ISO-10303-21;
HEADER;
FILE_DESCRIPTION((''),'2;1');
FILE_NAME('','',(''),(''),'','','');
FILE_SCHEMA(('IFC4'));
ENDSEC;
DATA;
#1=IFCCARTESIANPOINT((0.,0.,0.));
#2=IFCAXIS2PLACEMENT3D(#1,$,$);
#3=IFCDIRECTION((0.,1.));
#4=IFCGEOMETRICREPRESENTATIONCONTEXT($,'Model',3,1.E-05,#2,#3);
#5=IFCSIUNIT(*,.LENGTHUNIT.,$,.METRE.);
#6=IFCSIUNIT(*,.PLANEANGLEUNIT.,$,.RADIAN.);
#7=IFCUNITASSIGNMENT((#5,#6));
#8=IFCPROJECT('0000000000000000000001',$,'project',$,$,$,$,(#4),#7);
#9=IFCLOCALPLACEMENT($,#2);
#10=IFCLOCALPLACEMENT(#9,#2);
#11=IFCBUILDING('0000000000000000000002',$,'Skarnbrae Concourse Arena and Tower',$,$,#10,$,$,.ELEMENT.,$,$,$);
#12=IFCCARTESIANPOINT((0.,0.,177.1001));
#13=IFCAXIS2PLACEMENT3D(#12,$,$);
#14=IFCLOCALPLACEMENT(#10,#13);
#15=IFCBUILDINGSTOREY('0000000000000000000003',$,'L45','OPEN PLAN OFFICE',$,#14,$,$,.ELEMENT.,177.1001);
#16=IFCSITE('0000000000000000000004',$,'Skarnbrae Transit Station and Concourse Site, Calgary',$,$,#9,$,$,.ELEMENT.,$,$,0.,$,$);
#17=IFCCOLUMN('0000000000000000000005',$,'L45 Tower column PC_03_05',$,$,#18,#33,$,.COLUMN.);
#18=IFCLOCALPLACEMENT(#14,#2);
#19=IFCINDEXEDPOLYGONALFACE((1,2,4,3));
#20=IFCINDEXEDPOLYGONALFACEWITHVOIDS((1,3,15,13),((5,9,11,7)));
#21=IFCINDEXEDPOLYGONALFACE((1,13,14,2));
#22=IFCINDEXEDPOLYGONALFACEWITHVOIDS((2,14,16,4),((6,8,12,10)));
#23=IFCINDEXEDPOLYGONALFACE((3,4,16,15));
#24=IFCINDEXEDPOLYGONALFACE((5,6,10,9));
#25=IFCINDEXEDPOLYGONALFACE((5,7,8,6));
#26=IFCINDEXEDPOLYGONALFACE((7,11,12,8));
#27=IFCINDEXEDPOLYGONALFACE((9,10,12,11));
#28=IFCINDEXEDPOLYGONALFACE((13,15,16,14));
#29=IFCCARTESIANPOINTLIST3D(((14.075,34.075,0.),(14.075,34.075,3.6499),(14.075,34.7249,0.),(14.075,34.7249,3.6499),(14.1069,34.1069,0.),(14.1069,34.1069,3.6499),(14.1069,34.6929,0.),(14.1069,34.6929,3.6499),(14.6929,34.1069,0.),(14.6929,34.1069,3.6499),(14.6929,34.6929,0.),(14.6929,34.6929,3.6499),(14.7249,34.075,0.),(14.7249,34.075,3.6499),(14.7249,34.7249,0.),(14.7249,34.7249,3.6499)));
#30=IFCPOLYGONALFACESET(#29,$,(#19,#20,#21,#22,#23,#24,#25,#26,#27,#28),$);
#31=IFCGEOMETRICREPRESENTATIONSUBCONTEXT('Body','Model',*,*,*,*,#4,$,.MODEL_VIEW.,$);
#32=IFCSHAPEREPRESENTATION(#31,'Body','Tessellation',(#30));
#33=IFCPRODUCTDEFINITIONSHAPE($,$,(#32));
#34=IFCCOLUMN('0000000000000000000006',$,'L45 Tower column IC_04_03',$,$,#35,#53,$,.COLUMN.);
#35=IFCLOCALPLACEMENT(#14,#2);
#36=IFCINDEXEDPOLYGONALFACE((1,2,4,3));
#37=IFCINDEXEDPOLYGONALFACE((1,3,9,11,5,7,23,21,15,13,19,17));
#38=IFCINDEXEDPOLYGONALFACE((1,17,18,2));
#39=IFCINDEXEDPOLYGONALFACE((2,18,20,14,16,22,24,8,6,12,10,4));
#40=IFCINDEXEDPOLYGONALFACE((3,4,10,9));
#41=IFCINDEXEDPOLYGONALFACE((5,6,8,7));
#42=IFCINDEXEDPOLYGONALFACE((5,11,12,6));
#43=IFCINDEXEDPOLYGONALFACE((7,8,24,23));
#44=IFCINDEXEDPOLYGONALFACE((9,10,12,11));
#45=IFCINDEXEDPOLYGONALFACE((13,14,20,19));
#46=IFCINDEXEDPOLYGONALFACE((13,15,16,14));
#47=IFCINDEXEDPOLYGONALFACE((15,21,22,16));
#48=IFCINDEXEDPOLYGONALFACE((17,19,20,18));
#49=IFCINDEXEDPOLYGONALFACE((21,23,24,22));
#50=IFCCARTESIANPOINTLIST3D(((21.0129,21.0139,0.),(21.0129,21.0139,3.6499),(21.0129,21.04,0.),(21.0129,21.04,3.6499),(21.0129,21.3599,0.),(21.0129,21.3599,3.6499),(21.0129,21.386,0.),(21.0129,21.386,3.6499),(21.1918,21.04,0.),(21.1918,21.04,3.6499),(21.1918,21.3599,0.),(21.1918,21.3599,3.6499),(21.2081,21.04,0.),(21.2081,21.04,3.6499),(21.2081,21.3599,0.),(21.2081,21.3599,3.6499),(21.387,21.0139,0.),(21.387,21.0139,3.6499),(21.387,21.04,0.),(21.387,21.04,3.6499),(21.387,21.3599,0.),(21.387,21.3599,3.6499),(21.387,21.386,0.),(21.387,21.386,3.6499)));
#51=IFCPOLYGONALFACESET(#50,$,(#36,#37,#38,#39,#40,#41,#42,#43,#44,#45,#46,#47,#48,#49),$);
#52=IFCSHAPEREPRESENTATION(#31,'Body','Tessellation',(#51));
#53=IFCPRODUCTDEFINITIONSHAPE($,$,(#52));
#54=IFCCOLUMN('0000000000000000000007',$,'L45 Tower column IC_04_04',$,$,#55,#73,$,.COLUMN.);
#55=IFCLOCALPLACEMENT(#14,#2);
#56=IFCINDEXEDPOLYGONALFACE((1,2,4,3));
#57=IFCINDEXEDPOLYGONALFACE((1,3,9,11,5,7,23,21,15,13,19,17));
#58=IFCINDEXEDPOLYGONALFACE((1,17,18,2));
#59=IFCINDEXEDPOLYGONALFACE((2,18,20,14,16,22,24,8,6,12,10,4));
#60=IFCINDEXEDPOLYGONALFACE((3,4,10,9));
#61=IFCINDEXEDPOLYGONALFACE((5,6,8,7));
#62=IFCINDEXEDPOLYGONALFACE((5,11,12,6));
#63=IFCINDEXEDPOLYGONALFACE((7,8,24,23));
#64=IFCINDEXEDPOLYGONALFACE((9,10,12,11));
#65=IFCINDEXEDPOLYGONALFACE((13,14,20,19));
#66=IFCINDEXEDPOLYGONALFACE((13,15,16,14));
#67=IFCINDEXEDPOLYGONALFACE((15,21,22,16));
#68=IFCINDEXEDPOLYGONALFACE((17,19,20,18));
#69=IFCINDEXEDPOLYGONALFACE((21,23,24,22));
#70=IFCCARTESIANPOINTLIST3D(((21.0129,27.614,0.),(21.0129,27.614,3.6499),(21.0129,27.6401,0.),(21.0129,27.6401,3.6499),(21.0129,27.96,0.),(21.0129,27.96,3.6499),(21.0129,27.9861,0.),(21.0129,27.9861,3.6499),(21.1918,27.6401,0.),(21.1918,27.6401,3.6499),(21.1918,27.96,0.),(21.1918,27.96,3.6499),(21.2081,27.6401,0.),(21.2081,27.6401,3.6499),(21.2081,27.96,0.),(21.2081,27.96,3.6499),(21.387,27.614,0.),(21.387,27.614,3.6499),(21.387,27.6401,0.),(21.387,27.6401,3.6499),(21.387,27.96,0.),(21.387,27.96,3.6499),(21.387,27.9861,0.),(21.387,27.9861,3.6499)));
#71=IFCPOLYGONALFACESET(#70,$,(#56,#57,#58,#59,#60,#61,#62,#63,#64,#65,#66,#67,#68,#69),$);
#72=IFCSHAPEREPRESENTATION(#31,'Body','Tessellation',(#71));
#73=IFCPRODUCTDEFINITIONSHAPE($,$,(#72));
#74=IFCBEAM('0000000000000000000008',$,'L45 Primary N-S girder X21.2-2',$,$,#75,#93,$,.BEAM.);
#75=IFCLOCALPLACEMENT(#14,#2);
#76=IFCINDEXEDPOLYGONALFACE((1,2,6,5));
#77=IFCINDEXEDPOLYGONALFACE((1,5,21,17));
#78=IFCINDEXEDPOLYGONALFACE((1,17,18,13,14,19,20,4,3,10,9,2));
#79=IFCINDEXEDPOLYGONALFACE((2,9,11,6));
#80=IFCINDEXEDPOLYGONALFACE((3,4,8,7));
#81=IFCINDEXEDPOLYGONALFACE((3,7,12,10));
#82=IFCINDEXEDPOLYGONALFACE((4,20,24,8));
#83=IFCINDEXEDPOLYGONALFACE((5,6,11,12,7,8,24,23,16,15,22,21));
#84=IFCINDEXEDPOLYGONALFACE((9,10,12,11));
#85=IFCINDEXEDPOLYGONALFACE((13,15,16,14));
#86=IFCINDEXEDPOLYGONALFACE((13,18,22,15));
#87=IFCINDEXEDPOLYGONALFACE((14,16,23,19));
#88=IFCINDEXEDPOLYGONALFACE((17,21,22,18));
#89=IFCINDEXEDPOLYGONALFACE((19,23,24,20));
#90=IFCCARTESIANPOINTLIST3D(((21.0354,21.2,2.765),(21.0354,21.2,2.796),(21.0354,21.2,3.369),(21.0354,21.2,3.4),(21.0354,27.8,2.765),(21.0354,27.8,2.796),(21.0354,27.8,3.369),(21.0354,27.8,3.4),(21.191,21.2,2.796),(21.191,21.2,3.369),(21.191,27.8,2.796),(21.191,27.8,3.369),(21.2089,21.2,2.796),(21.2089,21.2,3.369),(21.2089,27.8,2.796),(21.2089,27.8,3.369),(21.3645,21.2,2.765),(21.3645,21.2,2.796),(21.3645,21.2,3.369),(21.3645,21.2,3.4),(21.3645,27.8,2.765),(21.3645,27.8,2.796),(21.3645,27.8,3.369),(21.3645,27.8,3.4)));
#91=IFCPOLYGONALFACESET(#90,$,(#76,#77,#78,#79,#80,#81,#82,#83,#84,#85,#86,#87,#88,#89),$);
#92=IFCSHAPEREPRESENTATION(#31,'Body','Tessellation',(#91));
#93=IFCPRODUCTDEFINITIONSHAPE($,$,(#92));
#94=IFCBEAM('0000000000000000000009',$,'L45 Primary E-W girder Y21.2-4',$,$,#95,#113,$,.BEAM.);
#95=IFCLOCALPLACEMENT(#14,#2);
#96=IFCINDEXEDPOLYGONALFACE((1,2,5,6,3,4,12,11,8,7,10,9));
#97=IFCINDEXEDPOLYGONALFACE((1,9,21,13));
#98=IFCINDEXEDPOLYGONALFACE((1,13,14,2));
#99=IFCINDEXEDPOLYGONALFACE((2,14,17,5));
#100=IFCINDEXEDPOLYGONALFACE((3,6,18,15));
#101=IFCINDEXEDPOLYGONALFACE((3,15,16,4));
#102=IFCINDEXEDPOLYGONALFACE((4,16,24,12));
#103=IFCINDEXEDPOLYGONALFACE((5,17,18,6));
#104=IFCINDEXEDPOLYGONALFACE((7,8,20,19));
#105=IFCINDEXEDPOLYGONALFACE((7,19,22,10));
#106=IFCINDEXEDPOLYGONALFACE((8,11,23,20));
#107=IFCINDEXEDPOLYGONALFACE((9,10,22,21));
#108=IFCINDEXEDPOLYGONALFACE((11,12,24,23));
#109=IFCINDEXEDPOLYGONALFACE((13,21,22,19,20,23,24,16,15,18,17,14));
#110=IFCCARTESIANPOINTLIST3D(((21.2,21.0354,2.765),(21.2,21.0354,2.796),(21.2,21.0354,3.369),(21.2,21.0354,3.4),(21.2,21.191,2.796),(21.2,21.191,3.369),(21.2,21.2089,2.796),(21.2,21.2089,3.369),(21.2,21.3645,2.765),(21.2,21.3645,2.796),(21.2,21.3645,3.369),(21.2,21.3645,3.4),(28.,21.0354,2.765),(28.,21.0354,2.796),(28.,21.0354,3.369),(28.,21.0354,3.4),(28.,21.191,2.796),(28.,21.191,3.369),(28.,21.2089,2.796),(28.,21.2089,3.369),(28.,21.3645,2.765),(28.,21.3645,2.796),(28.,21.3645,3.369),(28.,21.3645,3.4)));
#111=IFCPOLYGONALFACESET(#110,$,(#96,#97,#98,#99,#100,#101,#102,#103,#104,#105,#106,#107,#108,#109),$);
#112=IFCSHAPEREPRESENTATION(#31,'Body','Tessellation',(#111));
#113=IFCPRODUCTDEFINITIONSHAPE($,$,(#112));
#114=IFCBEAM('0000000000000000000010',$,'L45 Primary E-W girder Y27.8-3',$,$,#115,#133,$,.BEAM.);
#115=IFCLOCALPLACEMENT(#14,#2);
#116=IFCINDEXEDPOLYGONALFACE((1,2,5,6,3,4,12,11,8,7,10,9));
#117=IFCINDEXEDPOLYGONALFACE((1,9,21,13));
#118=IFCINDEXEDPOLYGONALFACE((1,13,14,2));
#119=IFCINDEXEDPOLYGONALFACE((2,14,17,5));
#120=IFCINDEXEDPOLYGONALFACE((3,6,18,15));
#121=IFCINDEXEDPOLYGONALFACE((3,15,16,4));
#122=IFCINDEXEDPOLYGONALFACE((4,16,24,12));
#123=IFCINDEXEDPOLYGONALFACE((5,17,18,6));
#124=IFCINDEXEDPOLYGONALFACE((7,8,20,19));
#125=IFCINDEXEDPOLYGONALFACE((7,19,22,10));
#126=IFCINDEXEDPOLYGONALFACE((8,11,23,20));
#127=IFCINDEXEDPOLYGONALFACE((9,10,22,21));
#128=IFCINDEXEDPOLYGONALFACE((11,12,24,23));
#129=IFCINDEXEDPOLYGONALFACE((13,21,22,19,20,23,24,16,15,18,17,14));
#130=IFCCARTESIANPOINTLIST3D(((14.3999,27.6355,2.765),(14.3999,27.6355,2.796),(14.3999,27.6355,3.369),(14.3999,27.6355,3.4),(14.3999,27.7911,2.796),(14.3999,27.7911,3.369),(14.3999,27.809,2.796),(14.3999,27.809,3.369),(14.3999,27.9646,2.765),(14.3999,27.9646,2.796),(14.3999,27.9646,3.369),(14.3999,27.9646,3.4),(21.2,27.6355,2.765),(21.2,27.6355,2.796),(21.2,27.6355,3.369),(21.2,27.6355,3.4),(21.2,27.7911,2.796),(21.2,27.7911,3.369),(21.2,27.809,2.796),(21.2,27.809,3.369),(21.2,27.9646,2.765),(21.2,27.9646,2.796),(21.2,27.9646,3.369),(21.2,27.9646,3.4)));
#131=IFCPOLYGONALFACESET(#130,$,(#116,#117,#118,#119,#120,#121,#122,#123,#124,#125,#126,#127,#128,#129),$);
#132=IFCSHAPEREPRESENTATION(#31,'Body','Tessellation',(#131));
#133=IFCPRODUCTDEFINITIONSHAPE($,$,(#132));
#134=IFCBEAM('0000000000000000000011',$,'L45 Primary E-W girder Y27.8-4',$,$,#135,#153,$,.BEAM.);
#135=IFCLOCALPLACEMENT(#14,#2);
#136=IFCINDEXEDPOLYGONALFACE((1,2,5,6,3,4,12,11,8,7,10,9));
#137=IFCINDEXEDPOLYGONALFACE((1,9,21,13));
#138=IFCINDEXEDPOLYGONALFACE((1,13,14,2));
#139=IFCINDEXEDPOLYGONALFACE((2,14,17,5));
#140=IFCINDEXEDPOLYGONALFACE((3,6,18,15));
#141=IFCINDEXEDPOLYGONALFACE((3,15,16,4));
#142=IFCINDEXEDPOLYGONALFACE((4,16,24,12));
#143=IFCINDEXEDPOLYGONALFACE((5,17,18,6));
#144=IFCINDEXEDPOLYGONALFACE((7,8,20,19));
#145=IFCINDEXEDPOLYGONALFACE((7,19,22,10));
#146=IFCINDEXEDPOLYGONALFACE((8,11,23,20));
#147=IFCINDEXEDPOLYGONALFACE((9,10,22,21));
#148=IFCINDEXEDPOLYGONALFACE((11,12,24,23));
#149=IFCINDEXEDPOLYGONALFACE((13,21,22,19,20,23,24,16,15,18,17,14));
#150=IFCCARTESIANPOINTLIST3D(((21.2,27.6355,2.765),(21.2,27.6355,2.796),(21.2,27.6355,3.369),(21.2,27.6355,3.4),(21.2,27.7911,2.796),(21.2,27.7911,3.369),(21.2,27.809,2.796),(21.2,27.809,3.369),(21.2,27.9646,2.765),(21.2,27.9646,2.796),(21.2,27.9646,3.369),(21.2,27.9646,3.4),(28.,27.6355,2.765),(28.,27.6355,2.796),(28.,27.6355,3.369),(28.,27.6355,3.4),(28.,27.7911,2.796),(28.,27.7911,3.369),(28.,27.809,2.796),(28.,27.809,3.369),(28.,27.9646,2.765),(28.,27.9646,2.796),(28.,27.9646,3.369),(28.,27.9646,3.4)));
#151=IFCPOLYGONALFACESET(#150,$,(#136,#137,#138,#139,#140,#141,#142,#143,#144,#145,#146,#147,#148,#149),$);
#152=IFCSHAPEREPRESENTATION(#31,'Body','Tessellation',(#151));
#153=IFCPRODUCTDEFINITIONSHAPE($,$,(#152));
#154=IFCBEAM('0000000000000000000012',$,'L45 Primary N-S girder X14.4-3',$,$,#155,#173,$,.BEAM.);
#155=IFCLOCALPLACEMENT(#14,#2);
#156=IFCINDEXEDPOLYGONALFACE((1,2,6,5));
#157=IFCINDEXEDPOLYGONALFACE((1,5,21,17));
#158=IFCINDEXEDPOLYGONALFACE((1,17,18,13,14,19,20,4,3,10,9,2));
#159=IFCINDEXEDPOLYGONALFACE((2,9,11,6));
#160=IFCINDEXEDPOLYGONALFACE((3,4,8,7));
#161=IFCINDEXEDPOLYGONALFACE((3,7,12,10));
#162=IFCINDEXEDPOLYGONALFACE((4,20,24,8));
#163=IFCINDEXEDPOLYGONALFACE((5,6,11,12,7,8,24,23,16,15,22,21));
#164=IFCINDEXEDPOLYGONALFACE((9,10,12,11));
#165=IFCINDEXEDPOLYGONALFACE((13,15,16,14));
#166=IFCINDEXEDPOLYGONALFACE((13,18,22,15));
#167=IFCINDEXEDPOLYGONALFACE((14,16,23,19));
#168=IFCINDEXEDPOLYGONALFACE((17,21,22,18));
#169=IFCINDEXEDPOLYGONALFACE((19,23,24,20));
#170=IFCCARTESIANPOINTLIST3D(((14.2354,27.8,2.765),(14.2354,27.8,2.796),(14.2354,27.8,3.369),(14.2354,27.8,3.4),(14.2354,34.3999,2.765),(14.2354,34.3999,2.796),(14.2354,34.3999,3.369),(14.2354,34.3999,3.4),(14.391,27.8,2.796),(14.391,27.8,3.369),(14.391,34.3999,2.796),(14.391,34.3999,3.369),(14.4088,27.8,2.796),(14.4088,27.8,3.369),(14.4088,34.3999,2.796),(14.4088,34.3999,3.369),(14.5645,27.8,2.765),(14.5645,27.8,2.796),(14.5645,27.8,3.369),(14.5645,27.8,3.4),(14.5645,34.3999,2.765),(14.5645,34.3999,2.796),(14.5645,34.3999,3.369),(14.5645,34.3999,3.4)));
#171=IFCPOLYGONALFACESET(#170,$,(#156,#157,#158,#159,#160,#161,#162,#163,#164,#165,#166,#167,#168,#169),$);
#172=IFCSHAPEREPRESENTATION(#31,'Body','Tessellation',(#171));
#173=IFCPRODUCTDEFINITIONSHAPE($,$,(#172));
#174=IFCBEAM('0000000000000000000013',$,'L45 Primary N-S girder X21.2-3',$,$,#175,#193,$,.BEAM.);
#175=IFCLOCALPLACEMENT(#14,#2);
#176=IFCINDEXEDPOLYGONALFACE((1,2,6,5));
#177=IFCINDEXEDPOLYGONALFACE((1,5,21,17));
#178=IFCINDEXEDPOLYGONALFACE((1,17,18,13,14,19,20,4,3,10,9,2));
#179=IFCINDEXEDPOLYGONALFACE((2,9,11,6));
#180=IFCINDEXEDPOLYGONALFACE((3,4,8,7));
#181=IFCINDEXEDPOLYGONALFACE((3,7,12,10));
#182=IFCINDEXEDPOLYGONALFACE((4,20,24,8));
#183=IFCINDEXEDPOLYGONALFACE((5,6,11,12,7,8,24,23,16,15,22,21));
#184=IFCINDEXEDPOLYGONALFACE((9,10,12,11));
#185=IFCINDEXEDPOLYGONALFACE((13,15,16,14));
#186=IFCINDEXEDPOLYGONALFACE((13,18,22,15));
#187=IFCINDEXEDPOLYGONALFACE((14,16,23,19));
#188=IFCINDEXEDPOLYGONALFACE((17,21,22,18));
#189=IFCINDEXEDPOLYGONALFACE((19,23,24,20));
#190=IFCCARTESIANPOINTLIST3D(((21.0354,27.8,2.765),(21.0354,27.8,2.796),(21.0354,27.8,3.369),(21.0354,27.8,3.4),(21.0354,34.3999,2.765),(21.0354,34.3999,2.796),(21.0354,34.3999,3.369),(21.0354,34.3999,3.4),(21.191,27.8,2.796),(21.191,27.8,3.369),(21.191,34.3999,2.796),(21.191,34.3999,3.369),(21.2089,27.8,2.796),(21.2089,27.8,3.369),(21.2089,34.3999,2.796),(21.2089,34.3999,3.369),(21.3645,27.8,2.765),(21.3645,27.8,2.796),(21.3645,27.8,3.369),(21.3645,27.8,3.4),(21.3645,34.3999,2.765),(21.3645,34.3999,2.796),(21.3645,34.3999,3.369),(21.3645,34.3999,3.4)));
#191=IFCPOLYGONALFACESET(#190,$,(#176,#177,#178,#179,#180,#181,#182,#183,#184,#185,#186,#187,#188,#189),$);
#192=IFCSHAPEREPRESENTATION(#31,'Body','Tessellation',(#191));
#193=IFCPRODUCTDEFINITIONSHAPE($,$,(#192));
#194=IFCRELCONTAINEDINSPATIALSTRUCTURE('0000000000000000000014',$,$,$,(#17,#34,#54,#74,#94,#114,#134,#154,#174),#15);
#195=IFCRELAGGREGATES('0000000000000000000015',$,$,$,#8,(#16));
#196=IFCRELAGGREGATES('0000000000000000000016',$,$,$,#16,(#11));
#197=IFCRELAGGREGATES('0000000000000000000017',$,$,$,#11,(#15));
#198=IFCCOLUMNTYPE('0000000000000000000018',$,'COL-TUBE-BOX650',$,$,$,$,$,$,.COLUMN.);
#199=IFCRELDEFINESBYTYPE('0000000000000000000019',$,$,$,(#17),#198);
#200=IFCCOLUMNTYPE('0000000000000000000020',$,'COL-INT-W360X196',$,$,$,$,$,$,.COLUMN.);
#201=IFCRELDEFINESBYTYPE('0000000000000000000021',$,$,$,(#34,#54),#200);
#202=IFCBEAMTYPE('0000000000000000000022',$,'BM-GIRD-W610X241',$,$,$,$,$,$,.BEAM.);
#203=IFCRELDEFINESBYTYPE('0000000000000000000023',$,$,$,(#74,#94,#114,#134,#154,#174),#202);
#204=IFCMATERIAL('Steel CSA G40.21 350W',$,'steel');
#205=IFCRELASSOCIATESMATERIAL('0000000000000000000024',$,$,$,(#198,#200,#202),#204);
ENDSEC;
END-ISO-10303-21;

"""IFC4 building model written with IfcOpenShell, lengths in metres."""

from ifc_helpers import new_model, si_unit, direction, frame, origin, origin_2d, place, context, subcontext, project, spatial, hollow_rectangle, i_section, extrude, source, transform, mapped, material, material_profile, profile_set, type_object, element, save


model = new_model("IFC4")

# Units and contexts
model_context = context("Model", 3, precision=1e-05, world=origin(), true_north=direction((0.0, 1.0)))
body_context = subcontext(model_context, "Body", "Model", "MODEL_VIEW")
ifc_project = project(units=[si_unit("LENGTHUNIT", "METRE"), si_unit("PLANEANGLEUNIT", "RADIAN")], contexts=[model_context])

# Site, building, storey
site_placement = place(None, origin())
site = spatial("IfcSite", under=ifc_project, at=site_placement, Name="Skarnbrae Transit Station and Concourse Site, Calgary", CompositionType="ELEMENT", RefElevation=0.0)
building_placement = place(site_placement, origin())
building = spatial("IfcBuilding", under=site, at=building_placement, Name="Skarnbrae Concourse Arena and Tower", CompositionType="ELEMENT")
storey_placement = place(building_placement, frame((0.0, 0.0, 177.1001)))
storey = spatial("IfcBuildingStorey", under=building, at=storey_placement, Name="L45", Description="OPEN PLAN OFFICE", CompositionType="ELEMENT", Elevation=177.1001)

# Columns
ifc_material_1 = material(Name="Steel CSA G40.21 350W", Category="steel")
ifc_material_profile_1 = material_profile(ifc_material_1, hollow_rectangle(XDim=0.6499, YDim=0.6499, WallThickness=0.032, at=origin_2d()), Name="BOX650X650X32")
ifc_profile_set_1 = profile_set([ifc_material_profile_1], Name="Steel CSA G40.21 350W")
column_type_1 = type_object("IfcColumnType", Name="COL-TUBE-BOX650", PredefinedType="COLUMN", material=ifc_profile_set_1)
shared_shape_1 = source(origin(), body_context, "Body", "SweptSolid", [
    extrude(hollow_rectangle(XDim=0.6499, YDim=0.6499, WallThickness=0.032, at=origin_2d()), origin(), (0.0, 0.0, 1.0), 3.6499),
])
column_placement = place(storey_placement, frame((14.3999, 34.3999, 0.0), z_axis=(0.0, 0.0, 1.0), x_axis=(1.0, 0.0, 0.0)))
element("IfcColumn", 1, at=column_placement, inside=storey, type_object=column_type_1, Name="L45 Tower column PC_03_05", PredefinedType="COLUMN", context=body_context, shape_type="MappedRepresentation", body=[
    mapped(shared_shape_1, transform((0.0, 0.0, 0.0))),
])
ifc_material_profile_2 = material_profile(ifc_material_1, i_section(OverallWidth=0.374, OverallDepth=0.3721, WebThickness=0.0164, FlangeThickness=0.0261, at=origin_2d()), Name="W360X196")
ifc_profile_set_2 = profile_set([ifc_material_profile_2], Name="Steel CSA G40.21 350W")
column_type_2 = type_object("IfcColumnType", Name="COL-INT-W360X196", PredefinedType="COLUMN", material=ifc_profile_set_2)
shared_shape_2 = source(origin(), body_context, "Body", "SweptSolid", [
    extrude(i_section(OverallWidth=0.374, OverallDepth=0.3721, WebThickness=0.0164, FlangeThickness=0.0261, at=origin_2d()), origin(), (0.0, 0.0, 1.0), 3.6499),
])
for number, where, z_axis, x_axis, name in (
    (2, (21.2, 21.2, 0.0), (0.0, 0.0, 1.0), (1.0, 0.0, 0.0), "L45 Tower column IC_04_03"),
    (3, (21.2, 27.8, 0.0), (0.0, 0.0, 1.0), (1.0, 0.0, 0.0), "L45 Tower column IC_04_04"),
):
    element("IfcColumn", number, at=place(storey_placement, frame(where, z_axis=z_axis, x_axis=x_axis)), inside=storey, type_object=column_type_2, Name=name, PredefinedType="COLUMN", context=body_context, shape_type="MappedRepresentation", body=[
        mapped(shared_shape_2, transform((0.0, 0.0, 0.0))),
    ])

# Beams
ifc_material_profile_3 = material_profile(ifc_material_1, i_section(OverallWidth=0.3291, OverallDepth=0.635, WebThickness=0.0178, FlangeThickness=0.031, at=origin_2d()), Name="W610X241")
ifc_profile_set_3 = profile_set([ifc_material_profile_3], Name="Steel CSA G40.21 350W")
beam_type_1 = type_object("IfcBeamType", Name="BM-GIRD-W610X241", PredefinedType="BEAM", material=ifc_profile_set_3)
shared_shape_3 = source(origin(), body_context, "Body", "SweptSolid", [
    extrude(i_section(OverallWidth=0.3291, OverallDepth=0.635, WebThickness=0.0178, FlangeThickness=0.031, at=origin_2d()), origin(), (0.0, 0.0, 1.0), 6.6001),
])
beam_placement = place(storey_placement, frame((21.2, 21.2, 3.0825), z_axis=(0.0, 1.0, 0.0), x_axis=(-1.0, 0.0, 0.0)))
element("IfcBeam", 4, at=beam_placement, inside=storey, type_object=beam_type_1, Name="L45 Primary N-S girder X21.2-2", PredefinedType="BEAM", context=body_context, shape_type="MappedRepresentation", body=[
    mapped(shared_shape_3, transform((0.0, 0.0, 0.0))),
])
shared_shape_4 = source(origin(), body_context, "Body", "SweptSolid", [
    extrude(i_section(OverallWidth=0.3291, OverallDepth=0.635, WebThickness=0.0178, FlangeThickness=0.031, at=origin_2d()), origin(), (0.0, 0.0, 1.0), 6.8),
])
for number, where, z_axis, x_axis, name in (
    (5, (21.2, 21.2, 3.0825), (1.0, 0.0, 0.0), (0.0, 1.0, 0.0), "L45 Primary E-W girder Y21.2-4"),
    (6, (14.3999, 27.8, 3.0825), (1.0, 0.0, 0.0), (0.0, 1.0, 0.0), "L45 Primary E-W girder Y27.8-3"),
    (7, (21.2, 27.8, 3.0825), (1.0, 0.0, 0.0), (0.0, 1.0, 0.0), "L45 Primary E-W girder Y27.8-4"),
):
    element("IfcBeam", number, at=place(storey_placement, frame(where, z_axis=z_axis, x_axis=x_axis)), inside=storey, type_object=beam_type_1, Name=name, PredefinedType="BEAM", context=body_context, shape_type="MappedRepresentation", body=[
        mapped(shared_shape_4, transform((0.0, 0.0, 0.0))),
    ])
shared_shape_5 = source(origin(), body_context, "Body", "SweptSolid", [
    extrude(i_section(OverallWidth=0.3291, OverallDepth=0.635, WebThickness=0.0178, FlangeThickness=0.031, at=origin_2d()), origin(), (0.0, 0.0, 1.0), 6.5999),
])
for number, where, z_axis, x_axis, name in (
    (8, (14.3999, 27.8, 3.0825), (0.0, 1.0, 0.0), (-1.0, 0.0, 0.0), "L45 Primary N-S girder X14.4-3"),
    (9, (21.2, 27.8, 3.0825), (0.0, 1.0, 0.0), (-1.0, 0.0, 0.0), "L45 Primary N-S girder X21.2-3"),
):
    element("IfcBeam", number, at=place(storey_placement, frame(where, z_axis=z_axis, x_axis=x_axis)), inside=storey, type_object=beam_type_1, Name=name, PredefinedType="BEAM", context=body_context, shape_type="MappedRepresentation", body=[
        mapped(shared_shape_5, transform((0.0, 0.0, 0.0))),
    ])

save(model, "model.ifc")
